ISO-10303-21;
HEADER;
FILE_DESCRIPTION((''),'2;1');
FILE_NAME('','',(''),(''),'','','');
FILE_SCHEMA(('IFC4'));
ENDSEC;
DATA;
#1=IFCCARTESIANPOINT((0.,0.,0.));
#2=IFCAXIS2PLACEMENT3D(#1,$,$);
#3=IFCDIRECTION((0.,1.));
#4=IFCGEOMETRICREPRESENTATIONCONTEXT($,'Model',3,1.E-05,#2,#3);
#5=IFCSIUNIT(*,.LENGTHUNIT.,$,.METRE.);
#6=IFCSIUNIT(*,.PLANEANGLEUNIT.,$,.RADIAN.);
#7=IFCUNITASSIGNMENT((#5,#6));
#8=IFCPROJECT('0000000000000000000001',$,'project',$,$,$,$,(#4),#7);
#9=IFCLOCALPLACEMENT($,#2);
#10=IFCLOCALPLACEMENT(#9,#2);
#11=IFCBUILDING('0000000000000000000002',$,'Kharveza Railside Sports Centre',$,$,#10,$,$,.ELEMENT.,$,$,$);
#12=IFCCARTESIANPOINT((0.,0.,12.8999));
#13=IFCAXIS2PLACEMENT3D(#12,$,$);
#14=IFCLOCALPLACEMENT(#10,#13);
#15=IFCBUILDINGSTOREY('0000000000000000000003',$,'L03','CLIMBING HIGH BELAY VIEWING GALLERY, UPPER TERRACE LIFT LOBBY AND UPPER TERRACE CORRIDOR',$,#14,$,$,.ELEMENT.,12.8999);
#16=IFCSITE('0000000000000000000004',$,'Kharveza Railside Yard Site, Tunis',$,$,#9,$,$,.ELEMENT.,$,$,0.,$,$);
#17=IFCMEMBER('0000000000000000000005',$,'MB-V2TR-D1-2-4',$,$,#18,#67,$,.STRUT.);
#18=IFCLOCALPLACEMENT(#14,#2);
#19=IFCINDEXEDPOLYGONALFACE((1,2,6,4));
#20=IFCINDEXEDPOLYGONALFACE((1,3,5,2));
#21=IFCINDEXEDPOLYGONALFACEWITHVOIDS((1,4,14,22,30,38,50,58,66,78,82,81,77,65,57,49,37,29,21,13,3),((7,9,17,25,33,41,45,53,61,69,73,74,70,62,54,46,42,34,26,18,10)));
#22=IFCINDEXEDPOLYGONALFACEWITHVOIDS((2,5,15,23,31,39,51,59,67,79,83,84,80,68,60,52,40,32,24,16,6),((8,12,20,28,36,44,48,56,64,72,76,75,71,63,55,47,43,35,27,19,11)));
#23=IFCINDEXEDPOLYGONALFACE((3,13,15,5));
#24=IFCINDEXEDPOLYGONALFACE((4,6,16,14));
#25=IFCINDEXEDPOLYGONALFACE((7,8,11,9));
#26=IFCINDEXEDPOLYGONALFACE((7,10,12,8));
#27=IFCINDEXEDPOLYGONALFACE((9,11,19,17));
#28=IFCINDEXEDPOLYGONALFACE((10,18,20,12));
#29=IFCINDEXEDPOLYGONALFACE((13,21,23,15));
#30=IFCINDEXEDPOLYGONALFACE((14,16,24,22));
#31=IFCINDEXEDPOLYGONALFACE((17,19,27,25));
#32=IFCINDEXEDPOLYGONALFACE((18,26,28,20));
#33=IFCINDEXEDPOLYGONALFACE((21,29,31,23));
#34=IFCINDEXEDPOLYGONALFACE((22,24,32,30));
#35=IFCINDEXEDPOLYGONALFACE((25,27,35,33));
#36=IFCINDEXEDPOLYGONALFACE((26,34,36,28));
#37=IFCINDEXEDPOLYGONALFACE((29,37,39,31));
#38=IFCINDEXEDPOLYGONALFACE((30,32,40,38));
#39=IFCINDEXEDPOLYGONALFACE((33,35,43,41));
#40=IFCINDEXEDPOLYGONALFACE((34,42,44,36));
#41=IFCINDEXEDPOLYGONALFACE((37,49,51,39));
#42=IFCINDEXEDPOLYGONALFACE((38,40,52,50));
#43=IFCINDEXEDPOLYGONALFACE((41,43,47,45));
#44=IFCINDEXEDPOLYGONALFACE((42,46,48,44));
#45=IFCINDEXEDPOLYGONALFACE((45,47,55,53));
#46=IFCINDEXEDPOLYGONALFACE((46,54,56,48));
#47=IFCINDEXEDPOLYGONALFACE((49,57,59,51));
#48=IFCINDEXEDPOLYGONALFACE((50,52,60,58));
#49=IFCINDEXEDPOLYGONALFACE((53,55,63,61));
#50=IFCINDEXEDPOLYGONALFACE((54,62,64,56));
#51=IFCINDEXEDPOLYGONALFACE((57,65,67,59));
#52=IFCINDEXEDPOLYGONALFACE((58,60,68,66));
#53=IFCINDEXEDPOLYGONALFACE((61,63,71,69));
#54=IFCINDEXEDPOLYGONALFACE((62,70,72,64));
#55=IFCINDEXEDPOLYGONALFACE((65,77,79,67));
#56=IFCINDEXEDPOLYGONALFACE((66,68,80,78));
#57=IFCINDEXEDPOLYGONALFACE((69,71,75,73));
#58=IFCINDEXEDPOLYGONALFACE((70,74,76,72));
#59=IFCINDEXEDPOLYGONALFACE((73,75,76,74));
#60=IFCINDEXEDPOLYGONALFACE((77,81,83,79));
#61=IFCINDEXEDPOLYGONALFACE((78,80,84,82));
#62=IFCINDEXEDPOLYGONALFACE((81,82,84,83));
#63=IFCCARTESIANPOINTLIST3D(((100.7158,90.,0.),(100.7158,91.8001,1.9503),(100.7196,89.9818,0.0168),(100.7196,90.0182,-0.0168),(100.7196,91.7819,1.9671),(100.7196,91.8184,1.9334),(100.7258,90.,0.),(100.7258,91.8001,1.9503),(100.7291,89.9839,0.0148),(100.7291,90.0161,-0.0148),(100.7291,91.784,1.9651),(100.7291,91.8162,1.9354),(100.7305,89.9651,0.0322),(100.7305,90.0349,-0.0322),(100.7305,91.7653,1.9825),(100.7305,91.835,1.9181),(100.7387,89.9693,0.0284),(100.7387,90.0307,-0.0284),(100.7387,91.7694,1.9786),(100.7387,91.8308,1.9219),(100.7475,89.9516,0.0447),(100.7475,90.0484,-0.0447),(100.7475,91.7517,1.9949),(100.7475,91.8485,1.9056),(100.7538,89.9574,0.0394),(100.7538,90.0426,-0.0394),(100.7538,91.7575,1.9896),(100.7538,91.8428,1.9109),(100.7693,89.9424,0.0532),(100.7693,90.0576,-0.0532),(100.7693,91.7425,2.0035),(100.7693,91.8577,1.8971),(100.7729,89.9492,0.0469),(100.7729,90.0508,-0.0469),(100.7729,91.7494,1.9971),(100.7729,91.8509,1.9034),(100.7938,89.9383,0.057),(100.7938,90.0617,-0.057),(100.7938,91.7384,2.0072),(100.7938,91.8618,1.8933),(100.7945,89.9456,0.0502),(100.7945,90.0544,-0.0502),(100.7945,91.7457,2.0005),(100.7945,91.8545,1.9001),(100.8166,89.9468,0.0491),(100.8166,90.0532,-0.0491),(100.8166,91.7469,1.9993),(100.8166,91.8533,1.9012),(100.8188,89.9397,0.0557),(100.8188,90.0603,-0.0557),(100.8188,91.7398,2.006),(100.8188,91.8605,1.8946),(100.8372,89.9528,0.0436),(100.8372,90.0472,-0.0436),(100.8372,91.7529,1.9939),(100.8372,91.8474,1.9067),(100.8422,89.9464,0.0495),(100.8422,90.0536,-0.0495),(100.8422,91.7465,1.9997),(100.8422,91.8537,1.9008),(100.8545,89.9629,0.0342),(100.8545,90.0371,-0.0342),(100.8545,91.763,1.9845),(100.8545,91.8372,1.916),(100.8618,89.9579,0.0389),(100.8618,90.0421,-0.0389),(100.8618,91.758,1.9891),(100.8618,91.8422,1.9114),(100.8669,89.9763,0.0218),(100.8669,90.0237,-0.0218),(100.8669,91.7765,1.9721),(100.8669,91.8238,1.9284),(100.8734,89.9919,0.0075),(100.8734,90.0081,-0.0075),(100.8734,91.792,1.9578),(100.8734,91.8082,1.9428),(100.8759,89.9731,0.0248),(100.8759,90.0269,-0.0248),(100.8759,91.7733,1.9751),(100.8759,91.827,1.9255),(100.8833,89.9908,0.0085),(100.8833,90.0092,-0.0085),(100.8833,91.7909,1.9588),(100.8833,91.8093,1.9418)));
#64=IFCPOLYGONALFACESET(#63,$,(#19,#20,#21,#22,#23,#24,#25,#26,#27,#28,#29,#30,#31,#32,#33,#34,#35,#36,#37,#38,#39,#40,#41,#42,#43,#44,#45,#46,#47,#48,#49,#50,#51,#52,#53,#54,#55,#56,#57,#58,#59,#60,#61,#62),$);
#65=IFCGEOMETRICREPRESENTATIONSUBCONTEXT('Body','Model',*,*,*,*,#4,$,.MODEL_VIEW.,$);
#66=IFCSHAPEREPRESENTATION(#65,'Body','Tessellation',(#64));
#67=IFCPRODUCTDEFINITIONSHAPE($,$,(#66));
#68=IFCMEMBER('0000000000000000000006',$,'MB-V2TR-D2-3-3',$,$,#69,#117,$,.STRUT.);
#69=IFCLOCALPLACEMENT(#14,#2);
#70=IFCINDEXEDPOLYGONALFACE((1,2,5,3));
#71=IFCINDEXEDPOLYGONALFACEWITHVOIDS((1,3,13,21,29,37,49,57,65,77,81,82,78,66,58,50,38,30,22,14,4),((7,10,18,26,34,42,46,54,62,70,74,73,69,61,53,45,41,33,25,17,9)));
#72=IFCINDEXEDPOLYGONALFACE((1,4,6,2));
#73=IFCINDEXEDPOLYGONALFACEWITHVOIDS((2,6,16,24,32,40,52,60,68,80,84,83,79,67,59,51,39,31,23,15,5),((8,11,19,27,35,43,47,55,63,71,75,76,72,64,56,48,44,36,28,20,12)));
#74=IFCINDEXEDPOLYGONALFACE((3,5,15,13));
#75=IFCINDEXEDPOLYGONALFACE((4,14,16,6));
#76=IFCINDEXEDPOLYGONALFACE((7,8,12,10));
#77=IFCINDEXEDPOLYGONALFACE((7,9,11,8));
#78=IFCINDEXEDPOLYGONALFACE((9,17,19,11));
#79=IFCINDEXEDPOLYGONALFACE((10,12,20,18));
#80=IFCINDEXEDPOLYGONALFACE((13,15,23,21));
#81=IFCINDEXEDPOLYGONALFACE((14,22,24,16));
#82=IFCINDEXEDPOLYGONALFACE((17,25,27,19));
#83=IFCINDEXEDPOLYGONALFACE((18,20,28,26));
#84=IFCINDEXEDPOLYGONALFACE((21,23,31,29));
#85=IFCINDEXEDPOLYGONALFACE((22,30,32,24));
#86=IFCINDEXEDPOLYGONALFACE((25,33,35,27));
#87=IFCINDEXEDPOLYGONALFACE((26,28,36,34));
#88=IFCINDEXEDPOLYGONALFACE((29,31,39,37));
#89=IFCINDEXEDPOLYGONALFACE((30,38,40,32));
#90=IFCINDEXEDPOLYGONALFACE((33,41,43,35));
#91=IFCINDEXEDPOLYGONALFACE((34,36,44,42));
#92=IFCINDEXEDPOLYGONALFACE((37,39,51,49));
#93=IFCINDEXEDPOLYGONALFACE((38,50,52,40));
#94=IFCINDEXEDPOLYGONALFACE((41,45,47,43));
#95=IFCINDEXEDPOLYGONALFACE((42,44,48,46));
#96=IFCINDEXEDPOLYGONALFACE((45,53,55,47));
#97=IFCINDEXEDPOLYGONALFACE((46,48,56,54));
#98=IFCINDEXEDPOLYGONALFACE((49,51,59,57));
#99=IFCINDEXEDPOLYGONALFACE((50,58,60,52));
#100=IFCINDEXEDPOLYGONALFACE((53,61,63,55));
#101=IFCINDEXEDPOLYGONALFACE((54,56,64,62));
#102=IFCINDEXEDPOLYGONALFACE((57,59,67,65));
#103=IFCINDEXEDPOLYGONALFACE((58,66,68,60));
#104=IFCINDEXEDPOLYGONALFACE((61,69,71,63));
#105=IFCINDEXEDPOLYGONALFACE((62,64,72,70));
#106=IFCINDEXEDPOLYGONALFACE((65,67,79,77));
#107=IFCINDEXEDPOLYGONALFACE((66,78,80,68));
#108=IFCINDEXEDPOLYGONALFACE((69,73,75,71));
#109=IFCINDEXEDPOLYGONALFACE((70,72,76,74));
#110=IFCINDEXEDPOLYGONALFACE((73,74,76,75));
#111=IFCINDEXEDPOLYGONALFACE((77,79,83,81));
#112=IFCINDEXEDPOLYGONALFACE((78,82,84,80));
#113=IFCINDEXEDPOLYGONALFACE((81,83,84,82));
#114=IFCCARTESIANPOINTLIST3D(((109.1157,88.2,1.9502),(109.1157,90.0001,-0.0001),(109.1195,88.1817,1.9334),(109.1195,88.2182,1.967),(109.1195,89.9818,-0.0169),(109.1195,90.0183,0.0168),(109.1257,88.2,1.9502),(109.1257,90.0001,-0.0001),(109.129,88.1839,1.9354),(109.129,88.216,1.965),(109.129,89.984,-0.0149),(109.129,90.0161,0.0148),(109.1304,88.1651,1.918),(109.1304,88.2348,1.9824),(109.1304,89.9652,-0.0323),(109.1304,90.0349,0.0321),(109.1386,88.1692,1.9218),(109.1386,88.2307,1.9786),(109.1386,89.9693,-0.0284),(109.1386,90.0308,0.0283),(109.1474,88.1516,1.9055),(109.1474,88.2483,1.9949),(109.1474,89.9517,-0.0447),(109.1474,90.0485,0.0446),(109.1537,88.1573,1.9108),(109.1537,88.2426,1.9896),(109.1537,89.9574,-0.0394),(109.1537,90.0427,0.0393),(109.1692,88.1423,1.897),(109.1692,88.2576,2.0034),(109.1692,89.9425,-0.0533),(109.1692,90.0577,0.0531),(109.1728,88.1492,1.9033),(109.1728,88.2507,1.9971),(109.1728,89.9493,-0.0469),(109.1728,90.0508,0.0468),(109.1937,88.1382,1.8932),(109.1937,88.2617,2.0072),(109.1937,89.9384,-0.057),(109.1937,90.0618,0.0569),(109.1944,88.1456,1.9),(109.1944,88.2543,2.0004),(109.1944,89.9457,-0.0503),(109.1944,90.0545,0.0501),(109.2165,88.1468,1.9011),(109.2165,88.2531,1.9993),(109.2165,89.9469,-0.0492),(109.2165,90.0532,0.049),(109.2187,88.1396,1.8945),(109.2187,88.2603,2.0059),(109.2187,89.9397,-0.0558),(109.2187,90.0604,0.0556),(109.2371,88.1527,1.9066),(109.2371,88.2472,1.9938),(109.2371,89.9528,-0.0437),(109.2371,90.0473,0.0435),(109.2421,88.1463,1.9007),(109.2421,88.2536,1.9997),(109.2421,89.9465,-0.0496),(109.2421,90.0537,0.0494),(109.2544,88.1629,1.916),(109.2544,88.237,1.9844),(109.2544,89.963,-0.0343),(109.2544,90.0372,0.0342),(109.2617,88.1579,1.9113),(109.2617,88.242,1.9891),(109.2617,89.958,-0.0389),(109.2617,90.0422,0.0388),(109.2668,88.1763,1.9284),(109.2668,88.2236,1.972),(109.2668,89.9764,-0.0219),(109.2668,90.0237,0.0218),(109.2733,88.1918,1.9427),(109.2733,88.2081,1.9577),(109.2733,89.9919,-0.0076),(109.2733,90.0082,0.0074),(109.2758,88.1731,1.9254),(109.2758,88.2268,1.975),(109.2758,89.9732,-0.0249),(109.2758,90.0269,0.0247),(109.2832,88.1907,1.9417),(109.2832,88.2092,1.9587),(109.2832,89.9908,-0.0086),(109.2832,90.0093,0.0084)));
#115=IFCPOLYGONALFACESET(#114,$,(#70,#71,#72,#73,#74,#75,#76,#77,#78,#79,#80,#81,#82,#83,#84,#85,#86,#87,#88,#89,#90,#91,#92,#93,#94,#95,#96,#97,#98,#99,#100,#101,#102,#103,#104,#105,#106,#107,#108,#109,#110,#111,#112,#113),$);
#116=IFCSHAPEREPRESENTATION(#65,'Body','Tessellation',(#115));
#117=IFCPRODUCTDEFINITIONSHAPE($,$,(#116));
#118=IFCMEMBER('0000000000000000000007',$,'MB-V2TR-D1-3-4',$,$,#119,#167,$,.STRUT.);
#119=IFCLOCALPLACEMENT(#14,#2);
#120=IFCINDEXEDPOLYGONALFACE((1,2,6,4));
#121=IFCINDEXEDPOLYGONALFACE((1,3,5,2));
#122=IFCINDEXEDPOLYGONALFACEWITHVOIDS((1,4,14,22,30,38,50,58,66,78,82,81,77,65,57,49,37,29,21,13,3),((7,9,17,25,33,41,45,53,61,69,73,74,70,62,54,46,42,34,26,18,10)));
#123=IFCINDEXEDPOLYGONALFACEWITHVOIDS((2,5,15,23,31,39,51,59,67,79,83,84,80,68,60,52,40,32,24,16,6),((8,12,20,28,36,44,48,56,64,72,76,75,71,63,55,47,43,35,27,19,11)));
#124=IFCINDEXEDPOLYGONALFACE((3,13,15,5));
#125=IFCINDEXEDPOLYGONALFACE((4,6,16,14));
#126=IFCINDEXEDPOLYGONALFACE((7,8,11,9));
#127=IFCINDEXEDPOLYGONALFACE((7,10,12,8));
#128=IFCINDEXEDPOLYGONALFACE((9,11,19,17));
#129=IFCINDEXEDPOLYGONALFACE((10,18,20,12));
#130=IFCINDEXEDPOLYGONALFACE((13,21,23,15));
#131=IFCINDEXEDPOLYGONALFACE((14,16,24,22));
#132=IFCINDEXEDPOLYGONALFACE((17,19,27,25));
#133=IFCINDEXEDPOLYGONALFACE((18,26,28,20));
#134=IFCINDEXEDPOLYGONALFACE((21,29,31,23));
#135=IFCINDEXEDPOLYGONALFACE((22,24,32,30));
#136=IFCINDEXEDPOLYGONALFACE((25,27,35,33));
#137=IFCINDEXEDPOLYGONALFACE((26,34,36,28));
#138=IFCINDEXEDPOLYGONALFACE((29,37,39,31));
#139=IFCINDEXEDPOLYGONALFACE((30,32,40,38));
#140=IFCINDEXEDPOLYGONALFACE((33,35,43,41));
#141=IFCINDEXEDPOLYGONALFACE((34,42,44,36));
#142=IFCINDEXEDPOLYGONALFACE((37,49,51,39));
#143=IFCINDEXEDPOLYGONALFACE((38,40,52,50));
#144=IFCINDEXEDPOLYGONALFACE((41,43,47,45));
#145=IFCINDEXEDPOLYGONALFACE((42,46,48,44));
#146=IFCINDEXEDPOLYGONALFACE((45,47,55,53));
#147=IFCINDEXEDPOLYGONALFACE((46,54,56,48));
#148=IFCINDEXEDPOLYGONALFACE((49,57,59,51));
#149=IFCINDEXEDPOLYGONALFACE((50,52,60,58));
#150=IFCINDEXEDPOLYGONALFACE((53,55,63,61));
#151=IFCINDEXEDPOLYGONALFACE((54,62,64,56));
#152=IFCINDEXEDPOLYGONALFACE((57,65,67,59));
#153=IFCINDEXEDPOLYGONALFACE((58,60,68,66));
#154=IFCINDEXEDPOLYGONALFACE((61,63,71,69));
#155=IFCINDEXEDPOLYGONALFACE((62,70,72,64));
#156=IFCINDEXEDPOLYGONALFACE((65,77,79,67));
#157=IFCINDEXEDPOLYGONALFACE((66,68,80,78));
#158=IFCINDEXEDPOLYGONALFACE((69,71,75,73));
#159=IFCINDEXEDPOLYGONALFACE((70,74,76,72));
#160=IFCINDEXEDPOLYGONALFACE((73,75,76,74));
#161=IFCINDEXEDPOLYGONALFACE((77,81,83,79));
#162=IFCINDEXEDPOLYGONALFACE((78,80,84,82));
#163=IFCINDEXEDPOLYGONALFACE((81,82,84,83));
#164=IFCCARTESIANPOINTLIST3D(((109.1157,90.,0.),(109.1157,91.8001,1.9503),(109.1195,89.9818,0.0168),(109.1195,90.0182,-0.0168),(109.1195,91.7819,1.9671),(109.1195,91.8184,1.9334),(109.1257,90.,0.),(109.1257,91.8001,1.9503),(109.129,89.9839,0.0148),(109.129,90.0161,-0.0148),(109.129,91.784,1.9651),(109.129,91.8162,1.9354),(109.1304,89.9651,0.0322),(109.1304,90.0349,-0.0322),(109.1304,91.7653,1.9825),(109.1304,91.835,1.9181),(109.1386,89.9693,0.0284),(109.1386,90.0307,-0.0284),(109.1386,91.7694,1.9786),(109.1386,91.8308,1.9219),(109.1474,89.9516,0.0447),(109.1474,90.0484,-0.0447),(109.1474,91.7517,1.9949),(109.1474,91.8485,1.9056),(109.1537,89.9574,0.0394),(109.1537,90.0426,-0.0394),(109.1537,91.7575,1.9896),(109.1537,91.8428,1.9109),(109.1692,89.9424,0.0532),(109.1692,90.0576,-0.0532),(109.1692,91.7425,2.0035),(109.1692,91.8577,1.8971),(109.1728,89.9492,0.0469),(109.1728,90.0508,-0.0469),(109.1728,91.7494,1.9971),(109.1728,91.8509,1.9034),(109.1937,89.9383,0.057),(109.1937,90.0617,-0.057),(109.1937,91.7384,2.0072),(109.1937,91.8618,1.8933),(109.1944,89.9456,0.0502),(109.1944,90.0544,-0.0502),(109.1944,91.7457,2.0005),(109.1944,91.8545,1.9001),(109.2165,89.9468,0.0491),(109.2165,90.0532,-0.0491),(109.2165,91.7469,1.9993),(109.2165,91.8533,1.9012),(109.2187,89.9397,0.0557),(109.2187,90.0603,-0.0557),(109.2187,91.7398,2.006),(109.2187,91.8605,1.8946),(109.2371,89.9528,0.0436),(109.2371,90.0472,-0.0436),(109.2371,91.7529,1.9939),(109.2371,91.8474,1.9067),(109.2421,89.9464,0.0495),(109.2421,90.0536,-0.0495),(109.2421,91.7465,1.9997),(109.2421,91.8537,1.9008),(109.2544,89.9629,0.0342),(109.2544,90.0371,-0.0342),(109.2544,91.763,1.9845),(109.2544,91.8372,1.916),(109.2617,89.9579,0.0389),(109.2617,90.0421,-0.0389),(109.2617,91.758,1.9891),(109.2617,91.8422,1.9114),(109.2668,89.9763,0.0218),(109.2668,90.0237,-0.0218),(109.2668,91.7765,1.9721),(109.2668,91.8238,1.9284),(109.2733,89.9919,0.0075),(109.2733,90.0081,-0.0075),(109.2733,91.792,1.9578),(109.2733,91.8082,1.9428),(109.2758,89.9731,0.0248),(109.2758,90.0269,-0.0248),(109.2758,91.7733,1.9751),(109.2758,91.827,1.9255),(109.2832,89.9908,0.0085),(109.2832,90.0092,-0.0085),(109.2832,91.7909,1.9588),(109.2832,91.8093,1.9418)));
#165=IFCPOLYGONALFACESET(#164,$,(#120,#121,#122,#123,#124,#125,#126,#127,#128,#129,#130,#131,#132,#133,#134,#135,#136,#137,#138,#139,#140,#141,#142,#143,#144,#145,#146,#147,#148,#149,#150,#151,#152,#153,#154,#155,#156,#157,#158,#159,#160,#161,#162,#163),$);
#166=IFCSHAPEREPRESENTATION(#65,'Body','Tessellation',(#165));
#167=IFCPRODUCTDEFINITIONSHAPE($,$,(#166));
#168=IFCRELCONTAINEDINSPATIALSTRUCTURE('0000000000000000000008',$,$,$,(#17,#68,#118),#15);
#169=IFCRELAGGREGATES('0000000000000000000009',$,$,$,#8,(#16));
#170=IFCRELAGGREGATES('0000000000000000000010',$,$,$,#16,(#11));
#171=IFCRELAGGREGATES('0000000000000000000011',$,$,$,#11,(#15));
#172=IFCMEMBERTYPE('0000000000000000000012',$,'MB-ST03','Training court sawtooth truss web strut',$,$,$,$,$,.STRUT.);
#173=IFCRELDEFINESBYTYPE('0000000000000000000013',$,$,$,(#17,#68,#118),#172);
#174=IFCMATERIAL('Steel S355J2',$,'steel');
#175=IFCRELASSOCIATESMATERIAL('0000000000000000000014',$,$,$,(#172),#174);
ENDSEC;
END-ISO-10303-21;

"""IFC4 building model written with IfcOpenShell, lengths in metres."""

from ifc_helpers import new_model, si_unit, direction, frame, origin, origin_2d, place, context, subcontext, project, spatial, hollow_circle, extrude, material, material_profile, profile_set, type_object, element, save


model = new_model("IFC4")

# Units and contexts
model_context = context("Model", 3, precision=1e-05, world=origin(), true_north=direction((0.0, 1.0)))
body_context = subcontext(model_context, "Body", "Model", "MODEL_VIEW")
ifc_project = project(units=[si_unit("LENGTHUNIT", "METRE"), si_unit("PLANEANGLEUNIT", "RADIAN")], contexts=[model_context])

# Site, building, storey
site_placement = place(None, origin())
site = spatial("IfcSite", under=ifc_project, at=site_placement, Name="Kharveza Railside Yard Site, Tunis", CompositionType="ELEMENT", RefElevation=0.0)
building_placement = place(site_placement, origin())
building = spatial("IfcBuilding", under=site, at=building_placement, Name="Kharveza Railside Sports Centre", CompositionType="ELEMENT")
storey_placement = place(building_placement, frame((0.0, 0.0, 12.8999)))
storey = spatial("IfcBuildingStorey", under=building, at=storey_placement, Name="L03", Description="CLIMBING HIGH BELAY VIEWING GALLERY, UPPER TERRACE LIFT LOBBY AND UPPER TERRACE CORRIDOR", CompositionType="ELEMENT", Elevation=12.8999)

# Shared definitions
ifc_material_1 = material(Name="Steel S355J2", Category="steel")

# Members
ifc_material_profile_1 = material_profile(ifc_material_1, hollow_circle(Radius=0.0842, WallThickness=0.01, at=origin_2d()), Name="CHS 168.3x10.0")
ifc_profile_set_1 = profile_set([ifc_material_profile_1], Name="Steel S355J2")
member_type_1 = type_object("IfcMemberType", Name="MB-ST03", Description="Training court sawtooth truss web strut", PredefinedType="STRUT", material=ifc_profile_set_1)
for number, where, z_axis, x_axis, name in (
    (1, (100.8, 90.0, 0.0), (0.0, 0.678253, 0.734828), (-1.0, 0.0, 0.0), "MB-V2TR-D1-2-4"),
    (2, (109.2, 88.2, 1.9502), (0.0, 0.678253, -0.734828), (-1.0, 0.0, 0.0), "MB-V2TR-D2-3-3"),
    (3, (109.2, 90.0, 0.0), (0.0, 0.678253, 0.734828), (-1.0, 0.0, 0.0), "MB-V2TR-D1-3-4"),
):
    element("IfcMember", number, at=place(storey_placement, frame(where, z_axis=z_axis, x_axis=x_axis)), inside=storey, type_object=member_type_1, Name=name, PredefinedType="STRUT", context=body_context, shape_type="SweptSolid", body=[
        extrude(hollow_circle(Radius=0.0842, WallThickness=0.01, at=origin_2d()), origin(), (0.0, 0.0, 1.0), 2.6541),
    ])

save(model, "model.ifc")
